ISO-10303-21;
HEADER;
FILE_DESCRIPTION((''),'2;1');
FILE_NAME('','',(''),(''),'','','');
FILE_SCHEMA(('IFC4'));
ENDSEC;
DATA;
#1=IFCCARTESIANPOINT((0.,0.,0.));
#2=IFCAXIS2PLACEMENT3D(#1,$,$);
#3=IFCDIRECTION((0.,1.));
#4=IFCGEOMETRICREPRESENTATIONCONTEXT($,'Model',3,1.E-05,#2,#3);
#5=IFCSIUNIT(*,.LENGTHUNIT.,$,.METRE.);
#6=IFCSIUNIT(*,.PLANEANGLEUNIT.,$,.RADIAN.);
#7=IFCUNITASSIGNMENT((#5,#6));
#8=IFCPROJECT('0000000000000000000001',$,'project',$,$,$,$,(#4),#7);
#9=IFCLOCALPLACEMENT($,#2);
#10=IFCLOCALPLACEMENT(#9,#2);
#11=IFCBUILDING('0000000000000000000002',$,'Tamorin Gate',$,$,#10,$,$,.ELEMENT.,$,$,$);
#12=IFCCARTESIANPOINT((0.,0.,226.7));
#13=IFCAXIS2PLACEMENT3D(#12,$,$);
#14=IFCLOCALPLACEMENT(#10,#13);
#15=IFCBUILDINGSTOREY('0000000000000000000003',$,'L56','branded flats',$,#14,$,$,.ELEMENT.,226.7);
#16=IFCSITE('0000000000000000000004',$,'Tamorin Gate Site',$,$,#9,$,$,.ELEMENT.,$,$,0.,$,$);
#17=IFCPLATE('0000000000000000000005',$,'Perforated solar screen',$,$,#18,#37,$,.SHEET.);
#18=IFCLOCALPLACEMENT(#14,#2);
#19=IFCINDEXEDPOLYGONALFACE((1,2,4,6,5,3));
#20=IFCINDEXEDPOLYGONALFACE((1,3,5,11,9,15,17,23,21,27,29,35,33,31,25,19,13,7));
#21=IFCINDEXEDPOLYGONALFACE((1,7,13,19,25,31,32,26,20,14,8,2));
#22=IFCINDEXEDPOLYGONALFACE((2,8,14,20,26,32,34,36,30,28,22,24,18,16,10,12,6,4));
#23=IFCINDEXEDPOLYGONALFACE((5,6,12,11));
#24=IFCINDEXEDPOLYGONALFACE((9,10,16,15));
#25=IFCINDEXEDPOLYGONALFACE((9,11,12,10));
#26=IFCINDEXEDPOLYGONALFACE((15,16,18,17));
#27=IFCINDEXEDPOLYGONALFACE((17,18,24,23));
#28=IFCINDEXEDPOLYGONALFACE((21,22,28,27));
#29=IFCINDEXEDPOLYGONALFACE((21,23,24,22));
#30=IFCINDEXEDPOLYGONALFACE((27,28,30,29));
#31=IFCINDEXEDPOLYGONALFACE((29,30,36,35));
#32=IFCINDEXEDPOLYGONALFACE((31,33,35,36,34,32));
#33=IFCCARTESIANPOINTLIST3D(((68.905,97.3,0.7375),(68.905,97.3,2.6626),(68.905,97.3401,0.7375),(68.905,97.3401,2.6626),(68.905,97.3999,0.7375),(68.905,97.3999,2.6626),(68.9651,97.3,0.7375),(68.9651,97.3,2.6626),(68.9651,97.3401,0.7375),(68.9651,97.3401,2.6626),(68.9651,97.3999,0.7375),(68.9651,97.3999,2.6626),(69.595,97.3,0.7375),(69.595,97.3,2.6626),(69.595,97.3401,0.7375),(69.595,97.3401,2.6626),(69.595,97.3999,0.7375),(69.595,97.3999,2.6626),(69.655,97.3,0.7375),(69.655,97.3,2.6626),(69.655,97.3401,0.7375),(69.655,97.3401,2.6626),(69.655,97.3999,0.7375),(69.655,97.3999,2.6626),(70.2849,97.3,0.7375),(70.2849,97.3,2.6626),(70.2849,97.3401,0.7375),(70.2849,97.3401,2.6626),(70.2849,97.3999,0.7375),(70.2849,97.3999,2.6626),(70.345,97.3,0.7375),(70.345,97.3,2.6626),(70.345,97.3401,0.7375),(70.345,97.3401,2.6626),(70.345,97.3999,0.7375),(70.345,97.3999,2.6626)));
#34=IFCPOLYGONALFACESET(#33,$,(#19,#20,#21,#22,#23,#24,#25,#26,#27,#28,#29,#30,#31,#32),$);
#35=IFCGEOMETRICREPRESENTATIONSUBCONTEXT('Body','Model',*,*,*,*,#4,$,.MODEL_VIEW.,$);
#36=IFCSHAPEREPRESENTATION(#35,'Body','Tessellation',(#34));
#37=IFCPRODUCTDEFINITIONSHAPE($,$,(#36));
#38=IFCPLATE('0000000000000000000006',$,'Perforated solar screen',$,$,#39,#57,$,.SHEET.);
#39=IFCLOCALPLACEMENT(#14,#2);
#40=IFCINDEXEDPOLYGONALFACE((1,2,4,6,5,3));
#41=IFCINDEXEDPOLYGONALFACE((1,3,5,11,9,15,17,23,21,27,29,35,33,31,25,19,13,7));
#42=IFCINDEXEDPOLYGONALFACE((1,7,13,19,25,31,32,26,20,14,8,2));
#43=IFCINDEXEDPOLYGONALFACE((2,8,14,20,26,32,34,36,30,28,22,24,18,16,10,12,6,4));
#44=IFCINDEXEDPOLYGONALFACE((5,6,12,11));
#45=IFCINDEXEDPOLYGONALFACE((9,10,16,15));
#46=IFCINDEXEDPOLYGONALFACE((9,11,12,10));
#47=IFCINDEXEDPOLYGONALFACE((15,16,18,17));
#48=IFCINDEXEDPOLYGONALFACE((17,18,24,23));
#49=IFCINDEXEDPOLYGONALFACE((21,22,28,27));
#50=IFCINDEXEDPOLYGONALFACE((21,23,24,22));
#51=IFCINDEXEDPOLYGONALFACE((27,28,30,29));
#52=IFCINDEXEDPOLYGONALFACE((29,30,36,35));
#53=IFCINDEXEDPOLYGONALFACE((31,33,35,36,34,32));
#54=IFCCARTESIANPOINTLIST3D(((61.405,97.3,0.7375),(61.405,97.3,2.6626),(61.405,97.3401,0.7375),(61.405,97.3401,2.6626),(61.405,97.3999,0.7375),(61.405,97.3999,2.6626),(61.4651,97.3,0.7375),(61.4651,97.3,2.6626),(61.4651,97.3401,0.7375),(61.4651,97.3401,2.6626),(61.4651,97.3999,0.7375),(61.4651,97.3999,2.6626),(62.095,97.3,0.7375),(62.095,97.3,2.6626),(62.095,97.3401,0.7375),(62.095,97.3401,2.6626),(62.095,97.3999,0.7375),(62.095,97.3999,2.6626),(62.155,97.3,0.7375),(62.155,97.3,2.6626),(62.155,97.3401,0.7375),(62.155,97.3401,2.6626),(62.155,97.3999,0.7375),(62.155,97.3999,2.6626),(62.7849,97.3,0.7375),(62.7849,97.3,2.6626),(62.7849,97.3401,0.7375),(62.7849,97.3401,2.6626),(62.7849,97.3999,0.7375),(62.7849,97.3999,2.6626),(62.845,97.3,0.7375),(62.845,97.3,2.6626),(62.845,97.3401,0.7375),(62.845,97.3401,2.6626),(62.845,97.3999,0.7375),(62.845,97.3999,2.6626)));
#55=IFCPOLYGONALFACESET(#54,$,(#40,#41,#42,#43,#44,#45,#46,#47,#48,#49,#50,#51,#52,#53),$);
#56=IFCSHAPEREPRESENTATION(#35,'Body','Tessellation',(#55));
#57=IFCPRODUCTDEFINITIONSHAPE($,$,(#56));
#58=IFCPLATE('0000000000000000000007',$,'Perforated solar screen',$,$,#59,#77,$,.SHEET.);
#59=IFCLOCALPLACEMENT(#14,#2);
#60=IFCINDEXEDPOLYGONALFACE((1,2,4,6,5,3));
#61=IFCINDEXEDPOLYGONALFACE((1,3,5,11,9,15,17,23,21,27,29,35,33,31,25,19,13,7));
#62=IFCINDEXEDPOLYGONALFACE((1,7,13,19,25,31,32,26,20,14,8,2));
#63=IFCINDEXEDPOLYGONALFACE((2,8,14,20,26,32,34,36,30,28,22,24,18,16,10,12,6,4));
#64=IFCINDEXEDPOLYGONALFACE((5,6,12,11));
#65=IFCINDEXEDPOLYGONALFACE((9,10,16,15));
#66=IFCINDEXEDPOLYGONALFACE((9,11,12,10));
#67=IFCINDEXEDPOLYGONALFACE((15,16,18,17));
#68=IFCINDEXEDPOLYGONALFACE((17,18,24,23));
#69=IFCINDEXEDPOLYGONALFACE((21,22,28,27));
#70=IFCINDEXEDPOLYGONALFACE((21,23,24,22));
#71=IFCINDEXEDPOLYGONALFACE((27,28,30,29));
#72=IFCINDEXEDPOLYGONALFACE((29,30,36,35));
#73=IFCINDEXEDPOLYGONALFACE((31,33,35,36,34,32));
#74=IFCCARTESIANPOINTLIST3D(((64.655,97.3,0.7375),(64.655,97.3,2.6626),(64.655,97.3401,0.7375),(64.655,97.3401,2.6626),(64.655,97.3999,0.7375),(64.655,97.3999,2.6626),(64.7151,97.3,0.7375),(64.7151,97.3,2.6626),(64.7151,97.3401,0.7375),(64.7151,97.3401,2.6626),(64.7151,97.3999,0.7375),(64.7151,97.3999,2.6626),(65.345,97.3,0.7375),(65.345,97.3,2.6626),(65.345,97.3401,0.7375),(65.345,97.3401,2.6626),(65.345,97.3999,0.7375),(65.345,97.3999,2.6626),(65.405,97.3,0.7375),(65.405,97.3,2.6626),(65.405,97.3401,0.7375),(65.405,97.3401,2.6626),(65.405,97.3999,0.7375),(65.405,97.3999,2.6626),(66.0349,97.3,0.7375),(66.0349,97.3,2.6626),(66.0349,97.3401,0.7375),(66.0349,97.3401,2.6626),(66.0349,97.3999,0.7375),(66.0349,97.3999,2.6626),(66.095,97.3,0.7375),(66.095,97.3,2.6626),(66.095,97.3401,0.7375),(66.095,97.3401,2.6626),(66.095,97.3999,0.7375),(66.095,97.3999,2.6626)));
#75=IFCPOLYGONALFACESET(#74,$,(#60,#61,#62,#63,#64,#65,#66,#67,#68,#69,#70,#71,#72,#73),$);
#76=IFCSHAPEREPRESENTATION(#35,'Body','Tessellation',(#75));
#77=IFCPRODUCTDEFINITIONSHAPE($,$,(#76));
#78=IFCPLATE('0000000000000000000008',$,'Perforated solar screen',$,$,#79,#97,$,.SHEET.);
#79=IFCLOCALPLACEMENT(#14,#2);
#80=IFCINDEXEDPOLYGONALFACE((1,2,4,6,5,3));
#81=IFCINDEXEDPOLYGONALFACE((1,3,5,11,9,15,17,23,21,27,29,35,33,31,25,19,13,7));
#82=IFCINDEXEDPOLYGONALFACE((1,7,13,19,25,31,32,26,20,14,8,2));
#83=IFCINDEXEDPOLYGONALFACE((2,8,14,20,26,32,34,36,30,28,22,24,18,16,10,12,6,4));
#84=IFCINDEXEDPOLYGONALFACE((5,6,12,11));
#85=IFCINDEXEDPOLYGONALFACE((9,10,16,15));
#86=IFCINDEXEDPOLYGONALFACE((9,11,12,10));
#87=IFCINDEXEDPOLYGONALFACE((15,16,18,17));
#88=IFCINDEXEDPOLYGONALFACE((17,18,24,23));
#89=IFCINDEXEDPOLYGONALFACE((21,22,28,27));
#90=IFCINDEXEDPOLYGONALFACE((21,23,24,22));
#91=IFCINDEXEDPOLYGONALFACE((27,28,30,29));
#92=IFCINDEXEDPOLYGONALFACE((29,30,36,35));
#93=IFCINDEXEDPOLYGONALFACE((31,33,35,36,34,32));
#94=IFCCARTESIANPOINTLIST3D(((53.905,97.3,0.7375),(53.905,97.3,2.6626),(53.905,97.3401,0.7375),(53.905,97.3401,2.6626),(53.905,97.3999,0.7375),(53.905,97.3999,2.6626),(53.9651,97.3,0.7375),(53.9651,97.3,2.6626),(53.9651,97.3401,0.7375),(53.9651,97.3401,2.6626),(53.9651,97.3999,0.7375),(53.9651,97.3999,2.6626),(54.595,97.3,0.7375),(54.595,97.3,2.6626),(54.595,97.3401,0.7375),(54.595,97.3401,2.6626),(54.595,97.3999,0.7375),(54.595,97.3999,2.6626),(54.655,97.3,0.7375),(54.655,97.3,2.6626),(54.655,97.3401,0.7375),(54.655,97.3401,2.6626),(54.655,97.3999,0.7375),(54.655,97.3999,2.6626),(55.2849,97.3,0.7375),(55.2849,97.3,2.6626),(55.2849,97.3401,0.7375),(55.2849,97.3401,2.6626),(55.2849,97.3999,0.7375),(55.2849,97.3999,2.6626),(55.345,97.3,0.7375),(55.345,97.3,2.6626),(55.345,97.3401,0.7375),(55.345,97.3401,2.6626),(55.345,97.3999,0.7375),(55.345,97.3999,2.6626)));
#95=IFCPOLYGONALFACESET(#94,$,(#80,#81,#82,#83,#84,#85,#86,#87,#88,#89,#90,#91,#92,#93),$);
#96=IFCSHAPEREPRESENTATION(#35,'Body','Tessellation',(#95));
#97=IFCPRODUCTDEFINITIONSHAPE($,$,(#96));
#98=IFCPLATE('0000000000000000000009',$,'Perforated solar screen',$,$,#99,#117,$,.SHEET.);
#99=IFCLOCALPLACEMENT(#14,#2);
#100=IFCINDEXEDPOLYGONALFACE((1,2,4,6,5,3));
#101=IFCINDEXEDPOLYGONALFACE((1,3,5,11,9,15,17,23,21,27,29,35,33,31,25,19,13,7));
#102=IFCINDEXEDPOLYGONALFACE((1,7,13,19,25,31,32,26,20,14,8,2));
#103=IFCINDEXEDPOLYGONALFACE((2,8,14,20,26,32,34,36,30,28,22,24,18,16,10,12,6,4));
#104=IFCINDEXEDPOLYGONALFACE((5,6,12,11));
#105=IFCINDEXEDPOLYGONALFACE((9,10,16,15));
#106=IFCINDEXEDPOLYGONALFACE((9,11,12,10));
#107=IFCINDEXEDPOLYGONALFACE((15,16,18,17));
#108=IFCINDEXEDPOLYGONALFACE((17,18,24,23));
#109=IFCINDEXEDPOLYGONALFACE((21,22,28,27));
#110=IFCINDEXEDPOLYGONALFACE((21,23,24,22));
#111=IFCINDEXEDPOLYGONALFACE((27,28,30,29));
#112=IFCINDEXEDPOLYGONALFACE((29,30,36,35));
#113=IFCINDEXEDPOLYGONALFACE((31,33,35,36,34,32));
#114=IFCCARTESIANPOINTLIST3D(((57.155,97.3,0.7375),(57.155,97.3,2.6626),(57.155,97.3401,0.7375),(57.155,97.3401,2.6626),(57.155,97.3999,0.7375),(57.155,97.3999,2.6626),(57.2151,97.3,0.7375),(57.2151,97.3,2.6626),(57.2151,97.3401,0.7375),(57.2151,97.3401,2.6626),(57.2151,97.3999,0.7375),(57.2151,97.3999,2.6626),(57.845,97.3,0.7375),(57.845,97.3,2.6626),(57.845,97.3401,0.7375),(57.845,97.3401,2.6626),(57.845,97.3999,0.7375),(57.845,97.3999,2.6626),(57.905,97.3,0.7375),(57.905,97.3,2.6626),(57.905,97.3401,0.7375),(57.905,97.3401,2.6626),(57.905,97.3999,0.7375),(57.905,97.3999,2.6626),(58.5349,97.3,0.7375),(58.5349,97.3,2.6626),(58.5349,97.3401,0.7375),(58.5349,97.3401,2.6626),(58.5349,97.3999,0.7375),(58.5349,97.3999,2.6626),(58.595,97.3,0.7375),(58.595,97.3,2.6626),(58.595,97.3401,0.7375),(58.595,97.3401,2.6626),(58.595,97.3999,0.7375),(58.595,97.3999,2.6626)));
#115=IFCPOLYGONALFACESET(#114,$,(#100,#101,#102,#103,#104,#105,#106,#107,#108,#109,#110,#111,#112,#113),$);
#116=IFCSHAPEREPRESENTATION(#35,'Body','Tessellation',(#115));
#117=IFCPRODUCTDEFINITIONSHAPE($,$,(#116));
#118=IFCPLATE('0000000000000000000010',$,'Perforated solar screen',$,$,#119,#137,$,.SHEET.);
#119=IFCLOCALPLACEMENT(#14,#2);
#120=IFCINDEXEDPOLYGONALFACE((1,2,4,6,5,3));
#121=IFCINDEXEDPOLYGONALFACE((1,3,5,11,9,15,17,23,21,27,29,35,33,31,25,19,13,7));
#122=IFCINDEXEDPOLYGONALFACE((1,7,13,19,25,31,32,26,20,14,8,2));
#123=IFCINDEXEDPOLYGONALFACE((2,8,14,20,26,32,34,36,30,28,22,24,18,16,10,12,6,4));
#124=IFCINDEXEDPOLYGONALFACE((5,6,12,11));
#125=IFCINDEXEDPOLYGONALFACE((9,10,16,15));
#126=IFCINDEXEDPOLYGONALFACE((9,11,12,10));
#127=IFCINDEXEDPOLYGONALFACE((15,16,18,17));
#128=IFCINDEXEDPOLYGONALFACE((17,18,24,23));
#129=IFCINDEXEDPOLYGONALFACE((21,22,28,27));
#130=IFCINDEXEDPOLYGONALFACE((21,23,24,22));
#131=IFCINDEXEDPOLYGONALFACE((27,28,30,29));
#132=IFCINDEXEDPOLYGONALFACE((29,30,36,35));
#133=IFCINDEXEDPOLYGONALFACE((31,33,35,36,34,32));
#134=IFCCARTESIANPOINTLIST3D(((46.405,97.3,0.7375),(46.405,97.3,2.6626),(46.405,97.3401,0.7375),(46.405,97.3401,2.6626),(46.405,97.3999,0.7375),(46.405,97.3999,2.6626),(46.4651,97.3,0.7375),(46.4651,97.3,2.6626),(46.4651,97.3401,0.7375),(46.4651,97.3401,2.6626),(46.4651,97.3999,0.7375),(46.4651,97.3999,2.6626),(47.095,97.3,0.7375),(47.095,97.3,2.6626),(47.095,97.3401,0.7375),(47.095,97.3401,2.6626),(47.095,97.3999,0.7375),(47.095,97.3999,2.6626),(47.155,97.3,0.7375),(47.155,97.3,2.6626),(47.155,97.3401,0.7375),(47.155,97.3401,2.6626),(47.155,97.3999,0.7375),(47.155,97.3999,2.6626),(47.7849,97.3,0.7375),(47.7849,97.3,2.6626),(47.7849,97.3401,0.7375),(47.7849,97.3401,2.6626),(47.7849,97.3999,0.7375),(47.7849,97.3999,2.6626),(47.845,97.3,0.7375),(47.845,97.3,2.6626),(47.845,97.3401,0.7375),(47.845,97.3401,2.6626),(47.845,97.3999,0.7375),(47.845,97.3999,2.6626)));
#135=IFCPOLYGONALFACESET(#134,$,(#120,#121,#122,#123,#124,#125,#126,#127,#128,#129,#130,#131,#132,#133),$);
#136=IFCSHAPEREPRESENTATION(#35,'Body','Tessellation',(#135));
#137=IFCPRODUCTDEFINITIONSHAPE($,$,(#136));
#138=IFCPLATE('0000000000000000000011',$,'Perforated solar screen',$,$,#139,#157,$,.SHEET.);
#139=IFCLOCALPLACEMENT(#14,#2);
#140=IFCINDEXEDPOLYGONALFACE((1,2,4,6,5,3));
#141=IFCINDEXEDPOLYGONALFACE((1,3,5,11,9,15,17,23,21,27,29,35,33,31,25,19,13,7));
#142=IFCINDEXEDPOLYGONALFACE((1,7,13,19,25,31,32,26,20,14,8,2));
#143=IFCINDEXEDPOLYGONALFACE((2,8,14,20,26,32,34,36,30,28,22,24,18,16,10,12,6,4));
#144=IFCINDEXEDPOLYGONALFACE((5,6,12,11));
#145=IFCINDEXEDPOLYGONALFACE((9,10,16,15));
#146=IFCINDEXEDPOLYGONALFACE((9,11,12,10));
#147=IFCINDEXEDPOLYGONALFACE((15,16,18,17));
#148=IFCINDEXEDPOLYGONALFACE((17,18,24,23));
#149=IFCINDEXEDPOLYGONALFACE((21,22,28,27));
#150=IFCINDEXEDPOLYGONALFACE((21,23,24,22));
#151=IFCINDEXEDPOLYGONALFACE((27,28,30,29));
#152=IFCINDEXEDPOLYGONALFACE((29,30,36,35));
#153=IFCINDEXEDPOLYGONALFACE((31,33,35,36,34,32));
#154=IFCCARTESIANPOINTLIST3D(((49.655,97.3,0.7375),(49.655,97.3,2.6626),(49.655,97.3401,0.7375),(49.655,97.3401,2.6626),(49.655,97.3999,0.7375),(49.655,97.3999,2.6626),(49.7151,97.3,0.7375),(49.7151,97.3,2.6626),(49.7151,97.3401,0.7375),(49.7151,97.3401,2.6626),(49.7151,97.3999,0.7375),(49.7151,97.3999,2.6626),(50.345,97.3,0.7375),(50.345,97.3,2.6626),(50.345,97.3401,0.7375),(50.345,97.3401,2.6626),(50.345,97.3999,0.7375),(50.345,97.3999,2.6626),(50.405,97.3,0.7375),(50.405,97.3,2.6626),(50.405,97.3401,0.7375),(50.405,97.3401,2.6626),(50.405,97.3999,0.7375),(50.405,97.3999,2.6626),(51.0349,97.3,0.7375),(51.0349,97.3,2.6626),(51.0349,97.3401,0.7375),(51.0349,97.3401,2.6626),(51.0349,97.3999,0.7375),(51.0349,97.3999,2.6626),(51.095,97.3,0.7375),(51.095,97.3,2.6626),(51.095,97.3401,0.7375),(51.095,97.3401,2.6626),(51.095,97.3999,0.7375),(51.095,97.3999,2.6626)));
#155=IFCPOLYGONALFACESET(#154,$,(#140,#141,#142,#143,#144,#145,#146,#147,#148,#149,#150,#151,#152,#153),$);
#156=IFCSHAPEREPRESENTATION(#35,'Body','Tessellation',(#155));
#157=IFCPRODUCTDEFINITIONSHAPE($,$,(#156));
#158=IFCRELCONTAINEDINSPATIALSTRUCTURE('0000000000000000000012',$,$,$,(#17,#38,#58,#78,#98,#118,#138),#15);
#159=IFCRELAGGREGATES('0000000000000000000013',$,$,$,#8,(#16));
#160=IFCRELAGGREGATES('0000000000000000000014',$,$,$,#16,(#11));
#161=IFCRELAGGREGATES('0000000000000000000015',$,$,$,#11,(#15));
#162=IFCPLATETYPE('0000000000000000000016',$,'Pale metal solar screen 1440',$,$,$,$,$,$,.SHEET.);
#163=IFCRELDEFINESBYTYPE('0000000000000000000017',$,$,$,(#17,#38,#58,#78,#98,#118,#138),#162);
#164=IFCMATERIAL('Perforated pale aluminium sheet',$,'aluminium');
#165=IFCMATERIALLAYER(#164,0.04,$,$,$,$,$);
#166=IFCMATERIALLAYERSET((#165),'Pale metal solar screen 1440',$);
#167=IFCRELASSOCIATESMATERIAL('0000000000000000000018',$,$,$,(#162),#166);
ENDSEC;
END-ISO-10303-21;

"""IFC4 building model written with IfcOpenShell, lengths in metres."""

from ifc_helpers import new_model, si_unit, direction, frame, origin, place, context, subcontext, project, spatial, polyline, outline, extrude, material, layer, layer_set, type_object, element, save


model = new_model("IFC4")

# Units and contexts
model_context = context("Model", 3, precision=1e-05, world=origin(), true_north=direction((0.0, 1.0)))
body_context = subcontext(model_context, "Body", "Model", "MODEL_VIEW")
ifc_project = project(units=[si_unit("LENGTHUNIT", "METRE"), si_unit("PLANEANGLEUNIT", "RADIAN")], contexts=[model_context])

# Site, building, storey
site_placement = place(None, origin())
site = spatial("IfcSite", under=ifc_project, at=site_placement, Name="Tamorin Gate Site", CompositionType="ELEMENT", RefElevation=0.0)
building_placement = place(site_placement, origin())
building = spatial("IfcBuilding", under=site, at=building_placement, Name="Tamorin Gate", CompositionType="ELEMENT")
storey_placement = place(building_placement, frame((0.0, 0.0, 226.7)))
storey = spatial("IfcBuildingStorey", under=building, at=storey_placement, Name="L56", Description="branded flats", CompositionType="ELEMENT", Elevation=226.7)

# Plates
ifc_material_1 = material(Name="Perforated pale aluminium sheet", Category="aluminium")
ifc_layer_1 = layer(ifc_material_1, 0.04)
ifc_layer_set_1 = layer_set([ifc_layer_1], Name="Pale metal solar screen 1440")
plate_type = type_object("IfcPlateType", Name="Pale metal solar screen 1440", PredefinedType="SHEET", material=ifc_layer_set_1)
plate_1_placement = place(storey_placement, frame((0.0, 0.0, 0.7375)))
element("IfcPlate", 1, at=plate_1_placement, inside=storey, type_object=plate_type, Name="Perforated solar screen", PredefinedType="SHEET", context=body_context, shape_type="SweptSolid", body=[
    extrude(outline(polyline([(70.345, 97.3401), (70.345, 97.3), (70.2849, 97.3), (69.655, 97.3), (69.595, 97.3), (68.9651, 97.3), (68.905, 97.3), (68.905, 97.3), (68.905, 97.3401), (68.905, 97.3401), (68.905, 97.3999), (68.9651, 97.3999), (68.9651, 97.3401), (69.595, 97.3401), (69.595, 97.3999), (69.655, 97.3999), (69.655, 97.3401), (70.2849, 97.3401), (70.2849, 97.3999), (70.345, 97.3999), (70.345, 97.3401)])), origin(), (0.0, 0.0, 1.0), 1.925),
])
plate_2_placement = place(storey_placement, frame((0.0, 0.0, 0.7375)))
element("IfcPlate", 2, at=plate_2_placement, inside=storey, type_object=plate_type, Name="Perforated solar screen", PredefinedType="SHEET", context=body_context, shape_type="SweptSolid", body=[
    extrude(outline(polyline([(62.845, 97.3401), (62.845, 97.3), (62.7849, 97.3), (62.155, 97.3), (62.095, 97.3), (61.4651, 97.3), (61.405, 97.3), (61.405, 97.3401), (61.405, 97.3999), (61.4651, 97.3999), (61.4651, 97.3401), (62.095, 97.3401), (62.095, 97.3999), (62.155, 97.3999), (62.155, 97.3401), (62.7849, 97.3401), (62.7849, 97.3999), (62.845, 97.3999), (62.845, 97.3401)])), origin(), (0.0, 0.0, 1.0), 1.925),
])
plate_3_placement = place(storey_placement, frame((0.0, 0.0, 0.7375)))
element("IfcPlate", 3, at=plate_3_placement, inside=storey, type_object=plate_type, Name="Perforated solar screen", PredefinedType="SHEET", context=body_context, shape_type="SweptSolid", body=[
    extrude(outline(polyline([(66.095, 97.3401), (66.095, 97.3), (66.0349, 97.3), (65.405, 97.3), (65.345, 97.3), (64.7151, 97.3), (64.655, 97.3), (64.655, 97.3401), (64.655, 97.3999), (64.7151, 97.3999), (64.7151, 97.3401), (65.345, 97.3401), (65.345, 97.3999), (65.405, 97.3999), (65.405, 97.3401), (66.0349, 97.3401), (66.0349, 97.3999), (66.095, 97.3999), (66.095, 97.3401)])), origin(), (0.0, 0.0, 1.0), 1.925),
])
plate_4_placement = place(storey_placement, frame((0.0, 0.0, 0.7375)))
element("IfcPlate", 4, at=plate_4_placement, inside=storey, type_object=plate_type, Name="Perforated solar screen", PredefinedType="SHEET", context=body_context, shape_type="SweptSolid", body=[
    extrude(outline(polyline([(55.345, 97.3401), (55.345, 97.3), (55.2849, 97.3), (54.655, 97.3), (54.595, 97.3), (53.9651, 97.3), (53.905, 97.3), (53.905, 97.3401), (53.905, 97.3999), (53.9651, 97.3999), (53.9651, 97.3401), (54.595, 97.3401), (54.595, 97.3999), (54.655, 97.3999), (54.655, 97.3401), (55.2849, 97.3401), (55.2849, 97.3999), (55.345, 97.3999), (55.345, 97.3401)])), origin(), (0.0, 0.0, 1.0), 1.925),
])
plate_5_placement = place(storey_placement, frame((0.0, 0.0, 0.7375)))
element("IfcPlate", 5, at=plate_5_placement, inside=storey, type_object=plate_type, Name="Perforated solar screen", PredefinedType="SHEET", context=body_context, shape_type="SweptSolid", body=[
    extrude(outline(polyline([(58.595, 97.3401), (58.595, 97.3), (58.5349, 97.3), (57.905, 97.3), (57.845, 97.3), (57.2151, 97.3), (57.155, 97.3), (57.155, 97.3401), (57.155, 97.3999), (57.2151, 97.3999), (57.2151, 97.3401), (57.845, 97.3401), (57.845, 97.3999), (57.905, 97.3999), (57.905, 97.3401), (58.5349, 97.3401), (58.5349, 97.3999), (58.595, 97.3999), (58.595, 97.3401)])), origin(), (0.0, 0.0, 1.0), 1.925),
])
plate_6_placement = place(storey_placement, frame((0.0, 0.0, 0.7375)))
element("IfcPlate", 6, at=plate_6_placement, inside=storey, type_object=plate_type, Name="Perforated solar screen", PredefinedType="SHEET", context=body_context, shape_type="SweptSolid", body=[
    extrude(outline(polyline([(47.845, 97.3401), (47.845, 97.3), (47.7849, 97.3), (47.155, 97.3), (47.095, 97.3), (46.4651, 97.3), (46.405, 97.3), (46.405, 97.3401), (46.405, 97.3999), (46.4651, 97.3999), (46.4651, 97.3401), (47.095, 97.3401), (47.095, 97.3999), (47.155, 97.3999), (47.155, 97.3401), (47.7849, 97.3401), (47.7849, 97.3999), (47.845, 97.3999), (47.845, 97.3401)])), origin(), (0.0, 0.0, 1.0), 1.925),
])
plate_7_placement = place(storey_placement, frame((0.0, 0.0, 0.7375)))
element("IfcPlate", 7, at=plate_7_placement, inside=storey, type_object=plate_type, Name="Perforated solar screen", PredefinedType="SHEET", context=body_context, shape_type="SweptSolid", body=[
    extrude(outline(polyline([(51.095, 97.3401), (51.095, 97.3), (51.0349, 97.3), (50.405, 97.3), (50.345, 97.3), (49.7151, 97.3), (49.655, 97.3), (49.655, 97.3401), (49.655, 97.3999), (49.7151, 97.3999), (49.7151, 97.3401), (50.345, 97.3401), (50.345, 97.3999), (50.405, 97.3999), (50.405, 97.3401), (51.0349, 97.3401), (51.0349, 97.3999), (51.095, 97.3999), (51.095, 97.3401)])), origin(), (0.0, 0.0, 1.0), 1.925),
])

save(model, "model.ifc")
